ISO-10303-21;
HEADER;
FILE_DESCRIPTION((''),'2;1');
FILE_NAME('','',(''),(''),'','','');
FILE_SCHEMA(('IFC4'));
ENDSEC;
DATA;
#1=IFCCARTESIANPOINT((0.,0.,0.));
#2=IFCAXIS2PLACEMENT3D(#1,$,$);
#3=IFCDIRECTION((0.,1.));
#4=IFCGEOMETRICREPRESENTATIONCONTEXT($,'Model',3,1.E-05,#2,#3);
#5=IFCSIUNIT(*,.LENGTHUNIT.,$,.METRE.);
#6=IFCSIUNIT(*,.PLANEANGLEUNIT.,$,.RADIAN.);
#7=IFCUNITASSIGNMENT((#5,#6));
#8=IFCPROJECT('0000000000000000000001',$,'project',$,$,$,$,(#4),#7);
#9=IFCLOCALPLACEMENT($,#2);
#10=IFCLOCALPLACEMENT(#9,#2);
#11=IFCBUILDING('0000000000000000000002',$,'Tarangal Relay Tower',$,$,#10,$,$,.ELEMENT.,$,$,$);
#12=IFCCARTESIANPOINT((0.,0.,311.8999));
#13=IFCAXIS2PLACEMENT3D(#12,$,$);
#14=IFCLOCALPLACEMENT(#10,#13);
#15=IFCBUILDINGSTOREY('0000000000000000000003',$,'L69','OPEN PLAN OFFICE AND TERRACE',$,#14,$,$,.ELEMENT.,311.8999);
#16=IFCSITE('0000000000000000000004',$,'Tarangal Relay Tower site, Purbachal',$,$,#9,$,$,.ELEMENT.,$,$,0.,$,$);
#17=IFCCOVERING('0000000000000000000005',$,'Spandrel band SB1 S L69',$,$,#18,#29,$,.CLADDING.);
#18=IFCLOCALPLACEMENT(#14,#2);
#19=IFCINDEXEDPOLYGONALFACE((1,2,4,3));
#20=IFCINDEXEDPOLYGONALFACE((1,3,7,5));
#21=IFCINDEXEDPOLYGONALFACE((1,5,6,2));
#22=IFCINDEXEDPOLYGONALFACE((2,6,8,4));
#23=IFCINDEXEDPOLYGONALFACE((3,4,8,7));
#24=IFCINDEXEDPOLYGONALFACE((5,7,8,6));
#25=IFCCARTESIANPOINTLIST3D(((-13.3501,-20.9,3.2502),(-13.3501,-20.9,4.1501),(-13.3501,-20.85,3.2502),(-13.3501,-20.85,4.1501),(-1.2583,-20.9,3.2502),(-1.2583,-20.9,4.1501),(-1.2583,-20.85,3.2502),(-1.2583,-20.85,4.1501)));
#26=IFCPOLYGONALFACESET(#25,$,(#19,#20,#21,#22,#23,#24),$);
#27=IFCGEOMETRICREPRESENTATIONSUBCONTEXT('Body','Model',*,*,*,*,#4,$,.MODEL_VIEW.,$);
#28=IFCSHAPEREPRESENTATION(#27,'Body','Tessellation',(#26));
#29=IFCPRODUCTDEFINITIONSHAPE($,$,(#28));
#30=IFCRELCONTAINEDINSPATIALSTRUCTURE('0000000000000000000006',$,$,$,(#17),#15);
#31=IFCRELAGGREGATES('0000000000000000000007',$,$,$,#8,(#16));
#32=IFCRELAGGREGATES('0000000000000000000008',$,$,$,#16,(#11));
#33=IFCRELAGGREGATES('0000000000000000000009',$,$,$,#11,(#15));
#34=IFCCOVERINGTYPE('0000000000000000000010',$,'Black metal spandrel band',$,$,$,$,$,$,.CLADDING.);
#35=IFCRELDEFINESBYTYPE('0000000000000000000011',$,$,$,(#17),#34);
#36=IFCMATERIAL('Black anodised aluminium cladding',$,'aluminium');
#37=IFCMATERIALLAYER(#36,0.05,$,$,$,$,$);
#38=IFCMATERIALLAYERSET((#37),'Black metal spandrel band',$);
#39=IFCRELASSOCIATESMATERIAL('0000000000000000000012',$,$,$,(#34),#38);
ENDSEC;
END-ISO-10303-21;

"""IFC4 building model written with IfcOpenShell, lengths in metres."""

from ifc_helpers import new_model, si_unit, direction, frame, origin, origin_2d, place, context, subcontext, project, spatial, rectangle, extrude, material, layer, layer_set, type_object, element, save


model = new_model("IFC4")

# Units and contexts
model_context = context("Model", 3, precision=1e-05, world=origin(), true_north=direction((0.0, 1.0)))
body_context = subcontext(model_context, "Body", "Model", "MODEL_VIEW")
ifc_project = project(units=[si_unit("LENGTHUNIT", "METRE"), si_unit("PLANEANGLEUNIT", "RADIAN")], contexts=[model_context])

# Site, building, storey
site_placement = place(None, origin())
site = spatial("IfcSite", under=ifc_project, at=site_placement, Name="Tarangal Relay Tower site, Purbachal", CompositionType="ELEMENT", RefElevation=0.0)
building_placement = place(site_placement, origin())
building = spatial("IfcBuilding", under=site, at=building_placement, Name="Tarangal Relay Tower", CompositionType="ELEMENT")
storey_placement = place(building_placement, frame((0.0, 0.0, 311.8999)))
storey = spatial("IfcBuildingStorey", under=building, at=storey_placement, Name="L69", Description="OPEN PLAN OFFICE AND TERRACE", CompositionType="ELEMENT", Elevation=311.8999)

# Covering
ifc_material_1 = material(Name="Black anodised aluminium cladding", Category="aluminium")
ifc_layer_1 = layer(ifc_material_1, 0.05)
ifc_layer_set_1 = layer_set([ifc_layer_1], Name="Black metal spandrel band")
covering_type = type_object("IfcCoveringType", Name="Black metal spandrel band", PredefinedType="CLADDING", material=ifc_layer_set_1)
covering_1_placement = place(storey_placement, frame((-7.3042, -20.875, 3.2502), z_axis=(0.0, 0.0, 1.0), x_axis=(-1.0, 0.0, 0.0)))
element("IfcCovering", 1, at=covering_1_placement, inside=storey, type_object=covering_type, Name="Spandrel band SB1 S L69", PredefinedType="CLADDING", context=body_context, shape_type="SweptSolid", body=[
    extrude(rectangle(XDim=12.0918, YDim=0.05, at=origin_2d()), origin(), (0.0, 0.0, 1.0), 0.8999),
])

save(model, "model.ifc")
